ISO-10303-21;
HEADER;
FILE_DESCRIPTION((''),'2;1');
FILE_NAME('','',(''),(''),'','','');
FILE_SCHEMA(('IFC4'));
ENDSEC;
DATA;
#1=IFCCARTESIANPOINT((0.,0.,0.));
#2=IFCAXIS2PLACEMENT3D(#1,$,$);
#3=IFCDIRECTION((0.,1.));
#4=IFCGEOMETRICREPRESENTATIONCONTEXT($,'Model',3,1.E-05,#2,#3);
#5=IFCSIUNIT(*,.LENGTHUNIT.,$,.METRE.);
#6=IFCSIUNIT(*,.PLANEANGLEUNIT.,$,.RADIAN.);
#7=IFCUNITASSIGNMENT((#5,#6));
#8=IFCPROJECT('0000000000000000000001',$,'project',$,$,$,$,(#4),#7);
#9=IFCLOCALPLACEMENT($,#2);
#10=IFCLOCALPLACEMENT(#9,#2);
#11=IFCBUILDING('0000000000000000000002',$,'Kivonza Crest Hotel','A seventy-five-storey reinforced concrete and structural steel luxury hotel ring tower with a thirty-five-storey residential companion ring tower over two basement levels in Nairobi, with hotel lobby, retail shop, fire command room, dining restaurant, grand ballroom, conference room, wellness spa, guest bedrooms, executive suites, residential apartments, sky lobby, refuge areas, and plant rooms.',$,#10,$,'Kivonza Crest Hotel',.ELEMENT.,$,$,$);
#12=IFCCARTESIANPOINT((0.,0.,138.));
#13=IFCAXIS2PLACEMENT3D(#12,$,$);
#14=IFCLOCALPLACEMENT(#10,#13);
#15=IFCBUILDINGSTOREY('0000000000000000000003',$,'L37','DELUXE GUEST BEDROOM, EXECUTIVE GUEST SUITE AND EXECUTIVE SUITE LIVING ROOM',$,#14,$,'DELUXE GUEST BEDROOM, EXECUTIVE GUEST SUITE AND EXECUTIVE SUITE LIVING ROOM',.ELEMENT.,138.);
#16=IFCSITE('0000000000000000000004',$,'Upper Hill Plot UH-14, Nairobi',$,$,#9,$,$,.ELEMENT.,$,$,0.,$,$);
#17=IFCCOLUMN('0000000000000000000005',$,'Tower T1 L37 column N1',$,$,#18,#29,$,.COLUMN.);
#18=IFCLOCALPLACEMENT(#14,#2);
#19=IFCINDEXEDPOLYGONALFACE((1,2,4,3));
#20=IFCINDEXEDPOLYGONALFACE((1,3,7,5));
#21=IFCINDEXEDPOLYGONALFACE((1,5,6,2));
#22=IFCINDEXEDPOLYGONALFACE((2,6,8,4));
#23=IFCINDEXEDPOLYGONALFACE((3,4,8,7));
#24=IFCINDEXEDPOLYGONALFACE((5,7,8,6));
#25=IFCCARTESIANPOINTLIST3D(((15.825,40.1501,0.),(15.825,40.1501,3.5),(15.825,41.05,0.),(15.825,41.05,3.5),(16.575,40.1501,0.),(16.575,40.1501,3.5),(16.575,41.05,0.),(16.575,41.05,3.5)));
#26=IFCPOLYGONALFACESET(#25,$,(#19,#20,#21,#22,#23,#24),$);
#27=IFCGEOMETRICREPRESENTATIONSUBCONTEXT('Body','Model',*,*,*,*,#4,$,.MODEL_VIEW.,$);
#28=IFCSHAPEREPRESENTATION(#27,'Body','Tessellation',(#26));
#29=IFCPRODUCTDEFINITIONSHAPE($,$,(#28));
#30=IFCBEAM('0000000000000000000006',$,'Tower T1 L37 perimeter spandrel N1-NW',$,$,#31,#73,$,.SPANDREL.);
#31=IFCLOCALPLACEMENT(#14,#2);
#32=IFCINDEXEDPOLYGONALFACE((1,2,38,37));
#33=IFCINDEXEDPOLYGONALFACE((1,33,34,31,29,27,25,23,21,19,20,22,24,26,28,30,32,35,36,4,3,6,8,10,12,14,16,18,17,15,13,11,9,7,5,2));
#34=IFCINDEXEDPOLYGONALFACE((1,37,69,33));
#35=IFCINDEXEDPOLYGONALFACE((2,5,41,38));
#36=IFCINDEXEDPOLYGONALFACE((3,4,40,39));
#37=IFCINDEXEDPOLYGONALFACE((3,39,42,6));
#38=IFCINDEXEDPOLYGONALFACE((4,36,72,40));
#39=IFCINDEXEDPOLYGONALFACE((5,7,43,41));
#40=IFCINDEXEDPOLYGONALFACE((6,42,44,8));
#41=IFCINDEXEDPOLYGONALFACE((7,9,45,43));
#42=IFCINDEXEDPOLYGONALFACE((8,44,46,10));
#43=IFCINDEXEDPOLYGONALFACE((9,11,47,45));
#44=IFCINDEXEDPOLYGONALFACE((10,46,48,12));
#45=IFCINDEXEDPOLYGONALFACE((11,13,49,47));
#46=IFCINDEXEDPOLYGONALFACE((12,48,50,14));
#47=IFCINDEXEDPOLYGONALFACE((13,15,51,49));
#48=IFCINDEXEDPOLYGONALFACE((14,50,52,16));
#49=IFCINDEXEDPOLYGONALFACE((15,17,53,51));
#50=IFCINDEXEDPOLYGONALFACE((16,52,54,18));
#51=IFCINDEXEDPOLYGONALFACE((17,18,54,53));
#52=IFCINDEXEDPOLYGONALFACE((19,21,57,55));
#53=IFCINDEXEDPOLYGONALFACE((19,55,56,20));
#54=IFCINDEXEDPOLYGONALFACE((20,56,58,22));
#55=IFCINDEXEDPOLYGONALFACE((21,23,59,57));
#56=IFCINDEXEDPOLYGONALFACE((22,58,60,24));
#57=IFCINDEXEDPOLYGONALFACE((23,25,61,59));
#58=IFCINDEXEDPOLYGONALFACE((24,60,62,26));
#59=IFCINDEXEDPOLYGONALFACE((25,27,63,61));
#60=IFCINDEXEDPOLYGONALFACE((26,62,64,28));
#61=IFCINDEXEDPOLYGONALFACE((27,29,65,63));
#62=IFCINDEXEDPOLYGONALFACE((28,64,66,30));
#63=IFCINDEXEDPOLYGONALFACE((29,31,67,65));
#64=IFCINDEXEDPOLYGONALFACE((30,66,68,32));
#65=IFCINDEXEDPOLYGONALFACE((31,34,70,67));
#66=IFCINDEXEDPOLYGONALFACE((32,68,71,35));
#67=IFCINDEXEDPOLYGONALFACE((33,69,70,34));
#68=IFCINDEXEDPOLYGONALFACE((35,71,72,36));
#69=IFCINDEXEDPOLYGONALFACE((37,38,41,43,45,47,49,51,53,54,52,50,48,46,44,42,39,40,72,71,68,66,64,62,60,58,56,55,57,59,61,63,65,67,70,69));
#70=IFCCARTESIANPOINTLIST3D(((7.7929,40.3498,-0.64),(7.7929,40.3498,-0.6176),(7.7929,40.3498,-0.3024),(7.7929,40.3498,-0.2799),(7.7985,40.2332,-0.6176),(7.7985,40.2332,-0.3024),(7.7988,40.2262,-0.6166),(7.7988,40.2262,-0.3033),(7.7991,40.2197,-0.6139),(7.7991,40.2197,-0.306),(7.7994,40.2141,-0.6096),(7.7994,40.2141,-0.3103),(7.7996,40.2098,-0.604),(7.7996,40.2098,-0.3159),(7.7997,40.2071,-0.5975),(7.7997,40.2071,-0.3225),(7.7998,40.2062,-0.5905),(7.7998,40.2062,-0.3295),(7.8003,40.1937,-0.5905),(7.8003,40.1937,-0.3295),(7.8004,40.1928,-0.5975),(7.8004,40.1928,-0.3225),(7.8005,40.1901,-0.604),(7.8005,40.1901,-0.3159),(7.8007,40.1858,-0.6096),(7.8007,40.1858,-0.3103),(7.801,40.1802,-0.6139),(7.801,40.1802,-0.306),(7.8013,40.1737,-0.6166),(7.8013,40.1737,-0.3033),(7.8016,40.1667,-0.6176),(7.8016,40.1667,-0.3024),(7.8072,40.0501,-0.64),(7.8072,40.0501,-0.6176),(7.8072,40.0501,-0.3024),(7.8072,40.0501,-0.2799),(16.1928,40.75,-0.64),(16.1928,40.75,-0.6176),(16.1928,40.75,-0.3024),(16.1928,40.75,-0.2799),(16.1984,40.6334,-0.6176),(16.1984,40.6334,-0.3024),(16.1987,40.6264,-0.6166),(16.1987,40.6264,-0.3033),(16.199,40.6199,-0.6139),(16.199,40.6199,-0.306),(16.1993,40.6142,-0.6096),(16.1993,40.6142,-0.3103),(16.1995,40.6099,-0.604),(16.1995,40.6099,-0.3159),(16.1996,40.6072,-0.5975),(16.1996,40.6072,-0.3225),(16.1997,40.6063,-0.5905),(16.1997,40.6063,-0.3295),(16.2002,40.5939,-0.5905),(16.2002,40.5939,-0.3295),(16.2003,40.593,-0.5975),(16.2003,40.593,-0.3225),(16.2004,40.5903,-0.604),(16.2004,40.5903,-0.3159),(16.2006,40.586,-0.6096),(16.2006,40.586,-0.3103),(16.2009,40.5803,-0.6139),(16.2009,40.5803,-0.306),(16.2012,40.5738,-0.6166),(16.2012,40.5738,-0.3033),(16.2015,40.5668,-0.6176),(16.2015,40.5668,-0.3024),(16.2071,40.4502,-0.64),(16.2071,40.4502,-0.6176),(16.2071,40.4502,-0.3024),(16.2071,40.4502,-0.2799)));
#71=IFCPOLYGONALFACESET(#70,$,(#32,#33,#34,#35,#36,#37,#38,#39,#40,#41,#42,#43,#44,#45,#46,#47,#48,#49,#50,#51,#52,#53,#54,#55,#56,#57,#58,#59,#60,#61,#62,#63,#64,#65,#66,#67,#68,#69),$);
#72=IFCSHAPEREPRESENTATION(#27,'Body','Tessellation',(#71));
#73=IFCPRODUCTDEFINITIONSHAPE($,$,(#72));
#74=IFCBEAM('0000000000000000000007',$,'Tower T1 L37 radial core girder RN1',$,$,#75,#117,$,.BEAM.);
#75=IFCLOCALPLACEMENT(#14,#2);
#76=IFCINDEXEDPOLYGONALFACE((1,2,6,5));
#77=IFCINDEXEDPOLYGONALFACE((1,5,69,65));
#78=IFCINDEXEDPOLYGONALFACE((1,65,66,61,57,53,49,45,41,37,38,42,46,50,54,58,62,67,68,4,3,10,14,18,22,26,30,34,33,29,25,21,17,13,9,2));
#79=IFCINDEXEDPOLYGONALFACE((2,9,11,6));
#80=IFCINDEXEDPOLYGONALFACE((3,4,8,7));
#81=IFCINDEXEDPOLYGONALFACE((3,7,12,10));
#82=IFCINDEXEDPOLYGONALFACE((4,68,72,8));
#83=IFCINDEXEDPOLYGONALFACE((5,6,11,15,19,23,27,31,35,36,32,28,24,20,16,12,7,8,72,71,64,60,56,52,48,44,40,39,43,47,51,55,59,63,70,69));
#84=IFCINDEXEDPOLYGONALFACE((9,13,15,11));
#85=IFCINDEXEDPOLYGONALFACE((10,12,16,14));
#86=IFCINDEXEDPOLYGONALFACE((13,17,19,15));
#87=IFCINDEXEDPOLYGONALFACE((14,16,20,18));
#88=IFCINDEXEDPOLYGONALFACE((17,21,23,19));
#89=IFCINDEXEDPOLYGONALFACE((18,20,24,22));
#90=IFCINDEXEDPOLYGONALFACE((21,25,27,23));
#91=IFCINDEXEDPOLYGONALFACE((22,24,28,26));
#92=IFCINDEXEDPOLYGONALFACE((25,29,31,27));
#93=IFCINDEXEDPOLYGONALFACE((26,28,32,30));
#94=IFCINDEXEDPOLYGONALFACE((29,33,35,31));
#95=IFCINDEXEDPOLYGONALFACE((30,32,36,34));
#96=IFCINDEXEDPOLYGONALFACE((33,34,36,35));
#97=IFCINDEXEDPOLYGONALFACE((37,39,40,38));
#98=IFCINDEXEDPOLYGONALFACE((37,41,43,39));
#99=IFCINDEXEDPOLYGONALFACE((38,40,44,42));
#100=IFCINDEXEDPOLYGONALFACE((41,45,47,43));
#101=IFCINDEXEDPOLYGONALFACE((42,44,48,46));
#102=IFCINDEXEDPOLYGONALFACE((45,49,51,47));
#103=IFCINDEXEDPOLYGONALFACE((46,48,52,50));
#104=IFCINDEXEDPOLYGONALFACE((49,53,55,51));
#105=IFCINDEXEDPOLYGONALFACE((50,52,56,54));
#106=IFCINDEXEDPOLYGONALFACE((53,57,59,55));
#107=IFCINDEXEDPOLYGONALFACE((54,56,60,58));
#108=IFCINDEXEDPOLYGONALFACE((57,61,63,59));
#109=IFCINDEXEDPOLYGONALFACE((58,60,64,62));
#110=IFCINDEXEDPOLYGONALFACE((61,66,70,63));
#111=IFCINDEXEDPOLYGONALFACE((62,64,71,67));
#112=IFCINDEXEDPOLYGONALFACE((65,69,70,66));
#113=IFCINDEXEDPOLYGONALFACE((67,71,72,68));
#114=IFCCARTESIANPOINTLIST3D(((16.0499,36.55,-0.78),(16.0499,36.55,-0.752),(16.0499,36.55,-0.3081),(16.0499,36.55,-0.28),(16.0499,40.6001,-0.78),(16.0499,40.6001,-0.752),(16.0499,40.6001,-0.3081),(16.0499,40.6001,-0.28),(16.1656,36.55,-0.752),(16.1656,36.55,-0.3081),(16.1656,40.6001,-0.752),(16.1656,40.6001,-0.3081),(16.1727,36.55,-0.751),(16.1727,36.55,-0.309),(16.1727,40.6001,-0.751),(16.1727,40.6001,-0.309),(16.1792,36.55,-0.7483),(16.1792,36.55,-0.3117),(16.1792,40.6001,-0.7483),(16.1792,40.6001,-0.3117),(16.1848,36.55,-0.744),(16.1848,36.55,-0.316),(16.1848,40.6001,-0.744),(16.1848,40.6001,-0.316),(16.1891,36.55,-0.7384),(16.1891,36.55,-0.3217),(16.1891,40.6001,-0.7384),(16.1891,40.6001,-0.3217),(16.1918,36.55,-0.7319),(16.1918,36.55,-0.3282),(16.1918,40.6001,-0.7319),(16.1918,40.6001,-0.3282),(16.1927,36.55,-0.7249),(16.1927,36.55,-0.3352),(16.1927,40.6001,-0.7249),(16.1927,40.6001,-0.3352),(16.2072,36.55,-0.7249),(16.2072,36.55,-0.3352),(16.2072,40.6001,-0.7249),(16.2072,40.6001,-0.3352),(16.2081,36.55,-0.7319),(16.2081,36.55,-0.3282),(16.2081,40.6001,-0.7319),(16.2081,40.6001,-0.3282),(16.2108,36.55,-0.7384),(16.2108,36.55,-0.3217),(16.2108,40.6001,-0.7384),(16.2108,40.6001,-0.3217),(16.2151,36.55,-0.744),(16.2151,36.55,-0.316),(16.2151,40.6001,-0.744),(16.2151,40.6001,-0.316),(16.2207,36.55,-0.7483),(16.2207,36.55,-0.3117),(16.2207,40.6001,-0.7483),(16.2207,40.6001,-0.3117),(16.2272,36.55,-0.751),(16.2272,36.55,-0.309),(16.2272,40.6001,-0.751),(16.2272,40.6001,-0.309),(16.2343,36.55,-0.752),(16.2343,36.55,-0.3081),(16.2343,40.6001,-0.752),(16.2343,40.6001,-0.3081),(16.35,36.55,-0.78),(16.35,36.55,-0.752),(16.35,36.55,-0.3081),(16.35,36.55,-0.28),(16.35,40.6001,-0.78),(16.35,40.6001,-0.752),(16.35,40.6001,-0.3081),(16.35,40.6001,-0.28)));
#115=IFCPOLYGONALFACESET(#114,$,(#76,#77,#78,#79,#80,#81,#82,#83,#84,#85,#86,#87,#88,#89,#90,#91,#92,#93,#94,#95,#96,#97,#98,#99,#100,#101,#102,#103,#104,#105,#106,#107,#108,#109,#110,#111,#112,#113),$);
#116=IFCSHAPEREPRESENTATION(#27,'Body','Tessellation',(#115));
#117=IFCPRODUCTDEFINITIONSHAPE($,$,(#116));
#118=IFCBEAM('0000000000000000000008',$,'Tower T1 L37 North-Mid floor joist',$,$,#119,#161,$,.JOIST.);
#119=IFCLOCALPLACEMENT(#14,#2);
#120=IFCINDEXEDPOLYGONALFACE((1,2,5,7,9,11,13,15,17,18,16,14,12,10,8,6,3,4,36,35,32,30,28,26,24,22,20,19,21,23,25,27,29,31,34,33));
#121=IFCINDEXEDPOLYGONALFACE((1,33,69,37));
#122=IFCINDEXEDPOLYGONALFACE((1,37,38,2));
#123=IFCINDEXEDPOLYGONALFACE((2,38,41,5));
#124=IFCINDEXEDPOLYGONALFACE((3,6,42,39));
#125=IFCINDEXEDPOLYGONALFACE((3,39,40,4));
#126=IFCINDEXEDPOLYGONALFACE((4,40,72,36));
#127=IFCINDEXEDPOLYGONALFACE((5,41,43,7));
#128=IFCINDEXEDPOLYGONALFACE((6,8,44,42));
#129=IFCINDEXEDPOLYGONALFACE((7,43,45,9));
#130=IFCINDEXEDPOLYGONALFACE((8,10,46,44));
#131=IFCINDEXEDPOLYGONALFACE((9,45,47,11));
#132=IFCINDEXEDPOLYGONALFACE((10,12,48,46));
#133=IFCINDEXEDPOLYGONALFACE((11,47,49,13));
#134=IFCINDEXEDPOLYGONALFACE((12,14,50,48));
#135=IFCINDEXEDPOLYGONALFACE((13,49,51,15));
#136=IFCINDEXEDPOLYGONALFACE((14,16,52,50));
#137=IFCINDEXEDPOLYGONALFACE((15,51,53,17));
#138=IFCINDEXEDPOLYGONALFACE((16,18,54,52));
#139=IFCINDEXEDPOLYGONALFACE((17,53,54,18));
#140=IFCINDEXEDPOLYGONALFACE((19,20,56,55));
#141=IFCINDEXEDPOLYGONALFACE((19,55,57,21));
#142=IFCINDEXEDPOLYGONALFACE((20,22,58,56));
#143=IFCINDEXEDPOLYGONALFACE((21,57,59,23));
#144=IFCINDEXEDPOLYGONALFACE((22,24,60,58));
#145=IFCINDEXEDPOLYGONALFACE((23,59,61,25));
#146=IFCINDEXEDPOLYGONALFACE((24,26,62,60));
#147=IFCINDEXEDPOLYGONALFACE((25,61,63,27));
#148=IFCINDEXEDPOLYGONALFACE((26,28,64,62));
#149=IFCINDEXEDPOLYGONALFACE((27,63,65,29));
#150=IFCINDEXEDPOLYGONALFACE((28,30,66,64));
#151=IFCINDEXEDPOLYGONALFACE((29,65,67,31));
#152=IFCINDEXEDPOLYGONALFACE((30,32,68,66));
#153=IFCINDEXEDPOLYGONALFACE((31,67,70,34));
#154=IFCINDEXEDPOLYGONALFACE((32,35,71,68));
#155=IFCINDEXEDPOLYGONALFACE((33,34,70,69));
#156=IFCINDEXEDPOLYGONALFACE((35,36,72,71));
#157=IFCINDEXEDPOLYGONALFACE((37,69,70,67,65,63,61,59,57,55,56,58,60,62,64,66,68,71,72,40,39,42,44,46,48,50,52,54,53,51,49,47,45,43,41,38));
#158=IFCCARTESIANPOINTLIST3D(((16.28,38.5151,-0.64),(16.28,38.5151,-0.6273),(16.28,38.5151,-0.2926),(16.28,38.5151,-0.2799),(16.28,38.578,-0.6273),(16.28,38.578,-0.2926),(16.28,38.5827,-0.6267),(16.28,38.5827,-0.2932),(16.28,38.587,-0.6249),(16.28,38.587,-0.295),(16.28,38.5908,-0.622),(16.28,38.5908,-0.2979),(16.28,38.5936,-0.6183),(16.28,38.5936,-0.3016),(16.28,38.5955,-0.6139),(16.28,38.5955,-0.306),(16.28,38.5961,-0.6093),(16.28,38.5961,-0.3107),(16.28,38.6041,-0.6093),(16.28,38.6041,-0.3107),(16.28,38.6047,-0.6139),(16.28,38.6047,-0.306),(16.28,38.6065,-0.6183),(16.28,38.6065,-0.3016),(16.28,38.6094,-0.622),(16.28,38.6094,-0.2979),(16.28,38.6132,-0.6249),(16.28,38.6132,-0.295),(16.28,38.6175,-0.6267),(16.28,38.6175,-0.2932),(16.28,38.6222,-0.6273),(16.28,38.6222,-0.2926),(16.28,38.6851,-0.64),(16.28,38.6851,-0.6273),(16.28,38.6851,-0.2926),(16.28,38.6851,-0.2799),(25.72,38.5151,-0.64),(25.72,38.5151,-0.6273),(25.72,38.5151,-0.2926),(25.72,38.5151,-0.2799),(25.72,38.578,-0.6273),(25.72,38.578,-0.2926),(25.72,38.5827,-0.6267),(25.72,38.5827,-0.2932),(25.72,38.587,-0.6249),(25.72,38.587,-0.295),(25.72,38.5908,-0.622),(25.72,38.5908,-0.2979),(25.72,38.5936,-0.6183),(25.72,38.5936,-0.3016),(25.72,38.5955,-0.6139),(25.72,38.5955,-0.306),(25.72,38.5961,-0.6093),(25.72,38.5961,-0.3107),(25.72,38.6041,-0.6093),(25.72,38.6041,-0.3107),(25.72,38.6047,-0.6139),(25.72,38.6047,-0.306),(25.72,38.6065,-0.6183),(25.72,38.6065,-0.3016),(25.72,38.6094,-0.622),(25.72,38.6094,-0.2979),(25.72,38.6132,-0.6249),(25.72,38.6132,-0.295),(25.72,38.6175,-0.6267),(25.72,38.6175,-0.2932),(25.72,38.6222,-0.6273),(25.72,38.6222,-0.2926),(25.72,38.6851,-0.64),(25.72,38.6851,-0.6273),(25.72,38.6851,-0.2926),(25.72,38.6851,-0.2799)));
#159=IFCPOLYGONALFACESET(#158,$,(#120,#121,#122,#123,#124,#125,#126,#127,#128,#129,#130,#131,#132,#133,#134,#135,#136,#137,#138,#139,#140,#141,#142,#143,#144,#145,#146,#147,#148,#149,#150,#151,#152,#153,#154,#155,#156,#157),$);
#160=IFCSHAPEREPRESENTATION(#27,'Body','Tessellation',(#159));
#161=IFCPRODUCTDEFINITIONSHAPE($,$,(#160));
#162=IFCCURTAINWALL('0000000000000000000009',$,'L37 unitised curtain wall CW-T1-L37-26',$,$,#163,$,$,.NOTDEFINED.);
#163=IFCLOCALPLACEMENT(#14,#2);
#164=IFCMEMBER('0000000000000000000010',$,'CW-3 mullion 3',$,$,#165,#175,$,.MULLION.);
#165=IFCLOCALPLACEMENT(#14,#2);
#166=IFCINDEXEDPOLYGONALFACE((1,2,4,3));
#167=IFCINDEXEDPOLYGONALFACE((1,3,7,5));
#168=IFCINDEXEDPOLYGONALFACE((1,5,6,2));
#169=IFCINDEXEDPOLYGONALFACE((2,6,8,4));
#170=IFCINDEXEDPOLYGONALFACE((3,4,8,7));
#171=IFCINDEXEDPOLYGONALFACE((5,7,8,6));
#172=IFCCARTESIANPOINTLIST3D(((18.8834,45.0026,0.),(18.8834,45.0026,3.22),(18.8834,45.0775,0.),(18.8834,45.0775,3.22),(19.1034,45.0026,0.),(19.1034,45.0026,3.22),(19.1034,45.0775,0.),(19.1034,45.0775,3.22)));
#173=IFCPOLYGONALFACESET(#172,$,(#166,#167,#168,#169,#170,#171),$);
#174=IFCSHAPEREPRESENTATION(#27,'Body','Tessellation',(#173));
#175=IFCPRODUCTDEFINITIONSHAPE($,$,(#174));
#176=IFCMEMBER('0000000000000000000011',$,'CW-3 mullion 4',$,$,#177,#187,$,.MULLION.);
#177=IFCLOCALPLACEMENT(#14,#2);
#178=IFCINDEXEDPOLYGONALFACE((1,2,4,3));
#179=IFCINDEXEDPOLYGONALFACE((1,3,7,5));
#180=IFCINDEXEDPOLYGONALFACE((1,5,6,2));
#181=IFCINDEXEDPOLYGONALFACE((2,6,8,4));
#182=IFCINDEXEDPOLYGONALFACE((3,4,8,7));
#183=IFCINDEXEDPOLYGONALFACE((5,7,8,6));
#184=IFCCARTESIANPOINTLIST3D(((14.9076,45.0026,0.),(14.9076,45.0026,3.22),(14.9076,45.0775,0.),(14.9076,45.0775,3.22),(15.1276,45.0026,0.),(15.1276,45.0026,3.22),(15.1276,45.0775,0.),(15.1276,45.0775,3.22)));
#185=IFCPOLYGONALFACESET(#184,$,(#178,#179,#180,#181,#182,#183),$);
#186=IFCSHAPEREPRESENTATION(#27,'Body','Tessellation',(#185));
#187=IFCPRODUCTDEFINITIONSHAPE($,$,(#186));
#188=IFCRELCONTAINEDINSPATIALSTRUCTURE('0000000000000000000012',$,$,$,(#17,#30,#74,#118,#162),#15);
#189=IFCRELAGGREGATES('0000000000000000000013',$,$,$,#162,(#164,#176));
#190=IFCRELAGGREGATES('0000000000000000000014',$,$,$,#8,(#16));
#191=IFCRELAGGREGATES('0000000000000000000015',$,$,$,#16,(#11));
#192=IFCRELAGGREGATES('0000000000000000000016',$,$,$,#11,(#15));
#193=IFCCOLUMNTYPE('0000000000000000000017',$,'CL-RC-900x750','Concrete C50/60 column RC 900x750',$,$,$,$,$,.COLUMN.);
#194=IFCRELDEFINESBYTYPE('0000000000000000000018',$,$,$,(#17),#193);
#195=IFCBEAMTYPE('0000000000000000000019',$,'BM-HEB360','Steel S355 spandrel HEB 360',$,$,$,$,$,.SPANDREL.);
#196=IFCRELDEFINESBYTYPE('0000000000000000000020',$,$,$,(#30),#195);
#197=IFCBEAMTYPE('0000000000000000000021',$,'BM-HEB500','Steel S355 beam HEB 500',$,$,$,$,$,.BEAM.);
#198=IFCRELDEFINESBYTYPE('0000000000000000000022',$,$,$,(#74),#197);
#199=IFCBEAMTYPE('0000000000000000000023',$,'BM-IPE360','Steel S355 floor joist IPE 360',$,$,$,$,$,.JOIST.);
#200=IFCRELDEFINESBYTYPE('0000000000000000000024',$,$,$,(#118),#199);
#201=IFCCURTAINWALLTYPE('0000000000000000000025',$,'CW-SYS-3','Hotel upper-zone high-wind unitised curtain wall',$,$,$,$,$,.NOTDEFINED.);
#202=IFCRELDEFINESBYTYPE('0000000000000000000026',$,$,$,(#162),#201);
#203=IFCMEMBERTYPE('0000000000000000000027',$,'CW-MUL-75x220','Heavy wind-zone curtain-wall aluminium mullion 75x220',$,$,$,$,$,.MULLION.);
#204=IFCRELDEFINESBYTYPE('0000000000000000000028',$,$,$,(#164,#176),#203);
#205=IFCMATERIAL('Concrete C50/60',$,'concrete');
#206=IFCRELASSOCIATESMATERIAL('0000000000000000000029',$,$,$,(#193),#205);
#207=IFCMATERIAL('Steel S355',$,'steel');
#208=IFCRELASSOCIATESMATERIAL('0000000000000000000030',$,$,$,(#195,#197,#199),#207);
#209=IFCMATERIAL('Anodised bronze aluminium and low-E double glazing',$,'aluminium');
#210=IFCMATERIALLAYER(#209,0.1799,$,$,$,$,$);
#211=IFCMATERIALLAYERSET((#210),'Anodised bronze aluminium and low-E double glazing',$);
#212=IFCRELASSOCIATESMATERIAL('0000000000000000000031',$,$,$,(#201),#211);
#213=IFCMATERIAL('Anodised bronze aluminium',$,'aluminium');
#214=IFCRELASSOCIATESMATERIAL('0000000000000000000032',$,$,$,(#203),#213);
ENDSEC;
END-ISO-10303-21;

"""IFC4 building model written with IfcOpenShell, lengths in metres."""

from ifc_helpers import new_model, si_unit, direction, frame, origin, origin_2d, place, context, subcontext, project, spatial, rectangle, i_section, extrude, material, layer, layer_set, material_profile, profile_set, type_object, element, aggregate, save


model = new_model("IFC4")

# Units and contexts
model_context = context("Model", 3, precision=1e-05, world=origin(), true_north=direction((0.0, 1.0)))
body_context = subcontext(model_context, "Body", "Model", "MODEL_VIEW")
ifc_project = project(units=[si_unit("LENGTHUNIT", "METRE"), si_unit("PLANEANGLEUNIT", "RADIAN")], contexts=[model_context])

# Site, building, storey
site_placement = place(None, origin())
site = spatial("IfcSite", under=ifc_project, at=site_placement, Name="Upper Hill Plot UH-14, Nairobi", CompositionType="ELEMENT", RefElevation=0.0)
building_placement = place(site_placement, origin())
building = spatial("IfcBuilding", under=site, at=building_placement, Name="Kivonza Crest Hotel", Description="A seventy-five-storey reinforced concrete and structural steel luxury hotel ring tower with a thirty-five-storey residential companion ring tower over two basement levels in Nairobi, with hotel lobby, retail shop, fire command room, dining restaurant, grand ballroom, conference room, wellness spa, guest bedrooms, executive suites, residential apartments, sky lobby, refuge areas, and plant rooms.", LongName="Kivonza Crest Hotel", CompositionType="ELEMENT")
storey_placement = place(building_placement, frame((0.0, 0.0, 138.0)))
storey = spatial("IfcBuildingStorey", under=building, at=storey_placement, Name="L37", Description="DELUXE GUEST BEDROOM, EXECUTIVE GUEST SUITE AND EXECUTIVE SUITE LIVING ROOM", LongName="DELUXE GUEST BEDROOM, EXECUTIVE GUEST SUITE AND EXECUTIVE SUITE LIVING ROOM", CompositionType="ELEMENT", Elevation=138.0)

# Column
ifc_material_1 = material(Name="Concrete C50/60", Category="concrete")
ifc_material_profile_1 = material_profile(ifc_material_1, rectangle(XDim=0.75, YDim=0.8999, at=origin_2d()), Name="RC 900x750")
ifc_profile_set_1 = profile_set([ifc_material_profile_1], Name="Concrete C50/60")
column_type = type_object("IfcColumnType", Name="CL-RC-900x750", Description="Concrete C50/60 column RC 900x750", PredefinedType="COLUMN", material=ifc_profile_set_1)
column_placement = place(storey_placement, frame((16.2, 40.6001, 0.0), z_axis=(0.0, 0.0, 1.0), x_axis=(1.0, 0.0, 0.0)))
element("IfcColumn", 1, at=column_placement, inside=storey, type_object=column_type, Name="Tower T1 L37 column N1", PredefinedType="COLUMN", context=body_context, shape_type="SweptSolid", body=[
    extrude(rectangle(XDim=0.75, YDim=0.8999, at=origin_2d()), origin(), (0.0, 0.0, 1.0), 3.5),
])

# Beams
ifc_material_2 = material(Name="Steel S355", Category="steel")
ifc_material_profile_2 = material_profile(ifc_material_2, i_section(OverallWidth=0.3, OverallDepth=0.3601, WebThickness=0.0125, FlangeThickness=0.0225, FilletRadius=0.0271, at=origin_2d()), Name="HEB 360")
ifc_profile_set_2 = profile_set([ifc_material_profile_2], Name="Steel S355")
beam_type_1 = type_object("IfcBeamType", Name="BM-HEB360", Description="Steel S355 spandrel HEB 360", PredefinedType="SPANDREL", material=ifc_profile_set_2)
beam_1_placement = place(storey_placement, frame((16.2, 40.6001, -0.46), z_axis=(-0.998867, -0.047583, 0.0), x_axis=(0.047583, -0.998867, 0.0)))
element("IfcBeam", 2, at=beam_1_placement, inside=storey, type_object=beam_type_1, Name="Tower T1 L37 perimeter spandrel N1-NW", PredefinedType="SPANDREL", context=body_context, shape_type="SweptSolid", body=[
    extrude(i_section(OverallWidth=0.3, OverallDepth=0.3601, WebThickness=0.0125, FlangeThickness=0.0225, FilletRadius=0.0271, at=origin_2d()), origin(), (0.0, 0.0, 1.0), 8.4094),
])
ifc_material_profile_3 = material_profile(ifc_material_2, i_section(OverallWidth=0.3, OverallDepth=0.5, WebThickness=0.0144, FlangeThickness=0.0281, FilletRadius=0.0271, at=origin_2d()), Name="HEB 500")
ifc_profile_set_3 = profile_set([ifc_material_profile_3], Name="Steel S355")
beam_type_2 = type_object("IfcBeamType", Name="BM-HEB500", Description="Steel S355 beam HEB 500", PredefinedType="BEAM", material=ifc_profile_set_3)
beam_2_placement = place(storey_placement, frame((16.2, 40.6001, -0.53), z_axis=(0.0, -1.0, 0.0), x_axis=(1.0, 0.0, 0.0)))
element("IfcBeam", 3, at=beam_2_placement, inside=storey, type_object=beam_type_2, Name="Tower T1 L37 radial core girder RN1", PredefinedType="BEAM", context=body_context, shape_type="SweptSolid", body=[
    extrude(i_section(OverallWidth=0.3, OverallDepth=0.5, WebThickness=0.0144, FlangeThickness=0.0281, FilletRadius=0.0271, at=origin_2d()), origin(), (0.0, 0.0, 1.0), 4.05),
])
ifc_material_profile_4 = material_profile(ifc_material_2, i_section(OverallWidth=0.1699, OverallDepth=0.3601, WebThickness=0.0081, FlangeThickness=0.0127, FilletRadius=0.0181, at=origin_2d()), Name="IPE 360")
ifc_profile_set_4 = profile_set([ifc_material_profile_4], Name="Steel S355")
beam_type_3 = type_object("IfcBeamType", Name="BM-IPE360", Description="Steel S355 floor joist IPE 360", PredefinedType="JOIST", material=ifc_profile_set_4)
beam_3_placement = place(storey_placement, frame((16.28, 38.6001, -0.46), z_axis=(1.0, 0.0, 0.0), x_axis=(0.0, 1.0, 0.0)))
element("IfcBeam", 4, at=beam_3_placement, inside=storey, type_object=beam_type_3, Name="Tower T1 L37 North-Mid floor joist", PredefinedType="JOIST", context=body_context, shape_type="SweptSolid", body=[
    extrude(i_section(OverallWidth=0.1699, OverallDepth=0.3601, WebThickness=0.0081, FlangeThickness=0.0127, FilletRadius=0.0181, at=origin_2d()), origin(), (0.0, 0.0, 1.0), 9.4399),
])

# Curtain wall, members
ifc_material_3 = material(Name="Anodised bronze aluminium and low-E double glazing", Category="aluminium")
ifc_layer_1 = layer(ifc_material_3, 0.1799)
ifc_layer_set_1 = layer_set([ifc_layer_1], Name="Anodised bronze aluminium and low-E double glazing")
curtain_wall_type = type_object("IfcCurtainWallType", Name="CW-SYS-3", Description="Hotel upper-zone high-wind unitised curtain wall", PredefinedType="NOTDEFINED", material=ifc_layer_set_1)
curtain_wall_placement = place(storey_placement, origin())
curtain_wall = element("IfcCurtainWall", 5, at=curtain_wall_placement, inside=storey, type_object=curtain_wall_type, Name="L37 unitised curtain wall CW-T1-L37-26", PredefinedType="NOTDEFINED")
ifc_material_4 = material(Name="Anodised bronze aluminium", Category="aluminium")
ifc_material_profile_5 = material_profile(ifc_material_4, rectangle(XDim=0.075, YDim=0.22, at=origin_2d()), Name="CW-M 75x220")
ifc_profile_set_5 = profile_set([ifc_material_profile_5], Name="Anodised bronze aluminium")
member_type_1 = type_object("IfcMemberType", Name="CW-MUL-75x220", Description="Heavy wind-zone curtain-wall aluminium mullion 75x220", PredefinedType="MULLION", material=ifc_profile_set_5)
member_1_placement = place(storey_placement, frame((18.9934, 45.04, 0.0), z_axis=(0.0, 0.0, 1.0), x_axis=(0.0, -1.0, 0.0)))
member_1 = element("IfcMember", 6, at=member_1_placement, type_object=member_type_1, Name="CW-3 mullion 3", PredefinedType="MULLION", context=body_context, shape_type="SweptSolid", body=[
    extrude(rectangle(XDim=0.075, YDim=0.22, at=origin_2d()), origin(), (0.0, 0.0, 1.0), 3.22),
])
member_2_placement = place(storey_placement, frame((15.0176, 45.04, 0.0), z_axis=(0.0, 0.0, 1.0), x_axis=(0.0, -1.0, 0.0)))
member_2 = element("IfcMember", 7, at=member_2_placement, type_object=member_type_1, Name="CW-3 mullion 4", PredefinedType="MULLION", context=body_context, shape_type="SweptSolid", body=[
    extrude(rectangle(XDim=0.075, YDim=0.22, at=origin_2d()), origin(), (0.0, 0.0, 1.0), 3.22),
])
aggregate(curtain_wall, [member_1, member_2])

save(model, "model.ifc")
